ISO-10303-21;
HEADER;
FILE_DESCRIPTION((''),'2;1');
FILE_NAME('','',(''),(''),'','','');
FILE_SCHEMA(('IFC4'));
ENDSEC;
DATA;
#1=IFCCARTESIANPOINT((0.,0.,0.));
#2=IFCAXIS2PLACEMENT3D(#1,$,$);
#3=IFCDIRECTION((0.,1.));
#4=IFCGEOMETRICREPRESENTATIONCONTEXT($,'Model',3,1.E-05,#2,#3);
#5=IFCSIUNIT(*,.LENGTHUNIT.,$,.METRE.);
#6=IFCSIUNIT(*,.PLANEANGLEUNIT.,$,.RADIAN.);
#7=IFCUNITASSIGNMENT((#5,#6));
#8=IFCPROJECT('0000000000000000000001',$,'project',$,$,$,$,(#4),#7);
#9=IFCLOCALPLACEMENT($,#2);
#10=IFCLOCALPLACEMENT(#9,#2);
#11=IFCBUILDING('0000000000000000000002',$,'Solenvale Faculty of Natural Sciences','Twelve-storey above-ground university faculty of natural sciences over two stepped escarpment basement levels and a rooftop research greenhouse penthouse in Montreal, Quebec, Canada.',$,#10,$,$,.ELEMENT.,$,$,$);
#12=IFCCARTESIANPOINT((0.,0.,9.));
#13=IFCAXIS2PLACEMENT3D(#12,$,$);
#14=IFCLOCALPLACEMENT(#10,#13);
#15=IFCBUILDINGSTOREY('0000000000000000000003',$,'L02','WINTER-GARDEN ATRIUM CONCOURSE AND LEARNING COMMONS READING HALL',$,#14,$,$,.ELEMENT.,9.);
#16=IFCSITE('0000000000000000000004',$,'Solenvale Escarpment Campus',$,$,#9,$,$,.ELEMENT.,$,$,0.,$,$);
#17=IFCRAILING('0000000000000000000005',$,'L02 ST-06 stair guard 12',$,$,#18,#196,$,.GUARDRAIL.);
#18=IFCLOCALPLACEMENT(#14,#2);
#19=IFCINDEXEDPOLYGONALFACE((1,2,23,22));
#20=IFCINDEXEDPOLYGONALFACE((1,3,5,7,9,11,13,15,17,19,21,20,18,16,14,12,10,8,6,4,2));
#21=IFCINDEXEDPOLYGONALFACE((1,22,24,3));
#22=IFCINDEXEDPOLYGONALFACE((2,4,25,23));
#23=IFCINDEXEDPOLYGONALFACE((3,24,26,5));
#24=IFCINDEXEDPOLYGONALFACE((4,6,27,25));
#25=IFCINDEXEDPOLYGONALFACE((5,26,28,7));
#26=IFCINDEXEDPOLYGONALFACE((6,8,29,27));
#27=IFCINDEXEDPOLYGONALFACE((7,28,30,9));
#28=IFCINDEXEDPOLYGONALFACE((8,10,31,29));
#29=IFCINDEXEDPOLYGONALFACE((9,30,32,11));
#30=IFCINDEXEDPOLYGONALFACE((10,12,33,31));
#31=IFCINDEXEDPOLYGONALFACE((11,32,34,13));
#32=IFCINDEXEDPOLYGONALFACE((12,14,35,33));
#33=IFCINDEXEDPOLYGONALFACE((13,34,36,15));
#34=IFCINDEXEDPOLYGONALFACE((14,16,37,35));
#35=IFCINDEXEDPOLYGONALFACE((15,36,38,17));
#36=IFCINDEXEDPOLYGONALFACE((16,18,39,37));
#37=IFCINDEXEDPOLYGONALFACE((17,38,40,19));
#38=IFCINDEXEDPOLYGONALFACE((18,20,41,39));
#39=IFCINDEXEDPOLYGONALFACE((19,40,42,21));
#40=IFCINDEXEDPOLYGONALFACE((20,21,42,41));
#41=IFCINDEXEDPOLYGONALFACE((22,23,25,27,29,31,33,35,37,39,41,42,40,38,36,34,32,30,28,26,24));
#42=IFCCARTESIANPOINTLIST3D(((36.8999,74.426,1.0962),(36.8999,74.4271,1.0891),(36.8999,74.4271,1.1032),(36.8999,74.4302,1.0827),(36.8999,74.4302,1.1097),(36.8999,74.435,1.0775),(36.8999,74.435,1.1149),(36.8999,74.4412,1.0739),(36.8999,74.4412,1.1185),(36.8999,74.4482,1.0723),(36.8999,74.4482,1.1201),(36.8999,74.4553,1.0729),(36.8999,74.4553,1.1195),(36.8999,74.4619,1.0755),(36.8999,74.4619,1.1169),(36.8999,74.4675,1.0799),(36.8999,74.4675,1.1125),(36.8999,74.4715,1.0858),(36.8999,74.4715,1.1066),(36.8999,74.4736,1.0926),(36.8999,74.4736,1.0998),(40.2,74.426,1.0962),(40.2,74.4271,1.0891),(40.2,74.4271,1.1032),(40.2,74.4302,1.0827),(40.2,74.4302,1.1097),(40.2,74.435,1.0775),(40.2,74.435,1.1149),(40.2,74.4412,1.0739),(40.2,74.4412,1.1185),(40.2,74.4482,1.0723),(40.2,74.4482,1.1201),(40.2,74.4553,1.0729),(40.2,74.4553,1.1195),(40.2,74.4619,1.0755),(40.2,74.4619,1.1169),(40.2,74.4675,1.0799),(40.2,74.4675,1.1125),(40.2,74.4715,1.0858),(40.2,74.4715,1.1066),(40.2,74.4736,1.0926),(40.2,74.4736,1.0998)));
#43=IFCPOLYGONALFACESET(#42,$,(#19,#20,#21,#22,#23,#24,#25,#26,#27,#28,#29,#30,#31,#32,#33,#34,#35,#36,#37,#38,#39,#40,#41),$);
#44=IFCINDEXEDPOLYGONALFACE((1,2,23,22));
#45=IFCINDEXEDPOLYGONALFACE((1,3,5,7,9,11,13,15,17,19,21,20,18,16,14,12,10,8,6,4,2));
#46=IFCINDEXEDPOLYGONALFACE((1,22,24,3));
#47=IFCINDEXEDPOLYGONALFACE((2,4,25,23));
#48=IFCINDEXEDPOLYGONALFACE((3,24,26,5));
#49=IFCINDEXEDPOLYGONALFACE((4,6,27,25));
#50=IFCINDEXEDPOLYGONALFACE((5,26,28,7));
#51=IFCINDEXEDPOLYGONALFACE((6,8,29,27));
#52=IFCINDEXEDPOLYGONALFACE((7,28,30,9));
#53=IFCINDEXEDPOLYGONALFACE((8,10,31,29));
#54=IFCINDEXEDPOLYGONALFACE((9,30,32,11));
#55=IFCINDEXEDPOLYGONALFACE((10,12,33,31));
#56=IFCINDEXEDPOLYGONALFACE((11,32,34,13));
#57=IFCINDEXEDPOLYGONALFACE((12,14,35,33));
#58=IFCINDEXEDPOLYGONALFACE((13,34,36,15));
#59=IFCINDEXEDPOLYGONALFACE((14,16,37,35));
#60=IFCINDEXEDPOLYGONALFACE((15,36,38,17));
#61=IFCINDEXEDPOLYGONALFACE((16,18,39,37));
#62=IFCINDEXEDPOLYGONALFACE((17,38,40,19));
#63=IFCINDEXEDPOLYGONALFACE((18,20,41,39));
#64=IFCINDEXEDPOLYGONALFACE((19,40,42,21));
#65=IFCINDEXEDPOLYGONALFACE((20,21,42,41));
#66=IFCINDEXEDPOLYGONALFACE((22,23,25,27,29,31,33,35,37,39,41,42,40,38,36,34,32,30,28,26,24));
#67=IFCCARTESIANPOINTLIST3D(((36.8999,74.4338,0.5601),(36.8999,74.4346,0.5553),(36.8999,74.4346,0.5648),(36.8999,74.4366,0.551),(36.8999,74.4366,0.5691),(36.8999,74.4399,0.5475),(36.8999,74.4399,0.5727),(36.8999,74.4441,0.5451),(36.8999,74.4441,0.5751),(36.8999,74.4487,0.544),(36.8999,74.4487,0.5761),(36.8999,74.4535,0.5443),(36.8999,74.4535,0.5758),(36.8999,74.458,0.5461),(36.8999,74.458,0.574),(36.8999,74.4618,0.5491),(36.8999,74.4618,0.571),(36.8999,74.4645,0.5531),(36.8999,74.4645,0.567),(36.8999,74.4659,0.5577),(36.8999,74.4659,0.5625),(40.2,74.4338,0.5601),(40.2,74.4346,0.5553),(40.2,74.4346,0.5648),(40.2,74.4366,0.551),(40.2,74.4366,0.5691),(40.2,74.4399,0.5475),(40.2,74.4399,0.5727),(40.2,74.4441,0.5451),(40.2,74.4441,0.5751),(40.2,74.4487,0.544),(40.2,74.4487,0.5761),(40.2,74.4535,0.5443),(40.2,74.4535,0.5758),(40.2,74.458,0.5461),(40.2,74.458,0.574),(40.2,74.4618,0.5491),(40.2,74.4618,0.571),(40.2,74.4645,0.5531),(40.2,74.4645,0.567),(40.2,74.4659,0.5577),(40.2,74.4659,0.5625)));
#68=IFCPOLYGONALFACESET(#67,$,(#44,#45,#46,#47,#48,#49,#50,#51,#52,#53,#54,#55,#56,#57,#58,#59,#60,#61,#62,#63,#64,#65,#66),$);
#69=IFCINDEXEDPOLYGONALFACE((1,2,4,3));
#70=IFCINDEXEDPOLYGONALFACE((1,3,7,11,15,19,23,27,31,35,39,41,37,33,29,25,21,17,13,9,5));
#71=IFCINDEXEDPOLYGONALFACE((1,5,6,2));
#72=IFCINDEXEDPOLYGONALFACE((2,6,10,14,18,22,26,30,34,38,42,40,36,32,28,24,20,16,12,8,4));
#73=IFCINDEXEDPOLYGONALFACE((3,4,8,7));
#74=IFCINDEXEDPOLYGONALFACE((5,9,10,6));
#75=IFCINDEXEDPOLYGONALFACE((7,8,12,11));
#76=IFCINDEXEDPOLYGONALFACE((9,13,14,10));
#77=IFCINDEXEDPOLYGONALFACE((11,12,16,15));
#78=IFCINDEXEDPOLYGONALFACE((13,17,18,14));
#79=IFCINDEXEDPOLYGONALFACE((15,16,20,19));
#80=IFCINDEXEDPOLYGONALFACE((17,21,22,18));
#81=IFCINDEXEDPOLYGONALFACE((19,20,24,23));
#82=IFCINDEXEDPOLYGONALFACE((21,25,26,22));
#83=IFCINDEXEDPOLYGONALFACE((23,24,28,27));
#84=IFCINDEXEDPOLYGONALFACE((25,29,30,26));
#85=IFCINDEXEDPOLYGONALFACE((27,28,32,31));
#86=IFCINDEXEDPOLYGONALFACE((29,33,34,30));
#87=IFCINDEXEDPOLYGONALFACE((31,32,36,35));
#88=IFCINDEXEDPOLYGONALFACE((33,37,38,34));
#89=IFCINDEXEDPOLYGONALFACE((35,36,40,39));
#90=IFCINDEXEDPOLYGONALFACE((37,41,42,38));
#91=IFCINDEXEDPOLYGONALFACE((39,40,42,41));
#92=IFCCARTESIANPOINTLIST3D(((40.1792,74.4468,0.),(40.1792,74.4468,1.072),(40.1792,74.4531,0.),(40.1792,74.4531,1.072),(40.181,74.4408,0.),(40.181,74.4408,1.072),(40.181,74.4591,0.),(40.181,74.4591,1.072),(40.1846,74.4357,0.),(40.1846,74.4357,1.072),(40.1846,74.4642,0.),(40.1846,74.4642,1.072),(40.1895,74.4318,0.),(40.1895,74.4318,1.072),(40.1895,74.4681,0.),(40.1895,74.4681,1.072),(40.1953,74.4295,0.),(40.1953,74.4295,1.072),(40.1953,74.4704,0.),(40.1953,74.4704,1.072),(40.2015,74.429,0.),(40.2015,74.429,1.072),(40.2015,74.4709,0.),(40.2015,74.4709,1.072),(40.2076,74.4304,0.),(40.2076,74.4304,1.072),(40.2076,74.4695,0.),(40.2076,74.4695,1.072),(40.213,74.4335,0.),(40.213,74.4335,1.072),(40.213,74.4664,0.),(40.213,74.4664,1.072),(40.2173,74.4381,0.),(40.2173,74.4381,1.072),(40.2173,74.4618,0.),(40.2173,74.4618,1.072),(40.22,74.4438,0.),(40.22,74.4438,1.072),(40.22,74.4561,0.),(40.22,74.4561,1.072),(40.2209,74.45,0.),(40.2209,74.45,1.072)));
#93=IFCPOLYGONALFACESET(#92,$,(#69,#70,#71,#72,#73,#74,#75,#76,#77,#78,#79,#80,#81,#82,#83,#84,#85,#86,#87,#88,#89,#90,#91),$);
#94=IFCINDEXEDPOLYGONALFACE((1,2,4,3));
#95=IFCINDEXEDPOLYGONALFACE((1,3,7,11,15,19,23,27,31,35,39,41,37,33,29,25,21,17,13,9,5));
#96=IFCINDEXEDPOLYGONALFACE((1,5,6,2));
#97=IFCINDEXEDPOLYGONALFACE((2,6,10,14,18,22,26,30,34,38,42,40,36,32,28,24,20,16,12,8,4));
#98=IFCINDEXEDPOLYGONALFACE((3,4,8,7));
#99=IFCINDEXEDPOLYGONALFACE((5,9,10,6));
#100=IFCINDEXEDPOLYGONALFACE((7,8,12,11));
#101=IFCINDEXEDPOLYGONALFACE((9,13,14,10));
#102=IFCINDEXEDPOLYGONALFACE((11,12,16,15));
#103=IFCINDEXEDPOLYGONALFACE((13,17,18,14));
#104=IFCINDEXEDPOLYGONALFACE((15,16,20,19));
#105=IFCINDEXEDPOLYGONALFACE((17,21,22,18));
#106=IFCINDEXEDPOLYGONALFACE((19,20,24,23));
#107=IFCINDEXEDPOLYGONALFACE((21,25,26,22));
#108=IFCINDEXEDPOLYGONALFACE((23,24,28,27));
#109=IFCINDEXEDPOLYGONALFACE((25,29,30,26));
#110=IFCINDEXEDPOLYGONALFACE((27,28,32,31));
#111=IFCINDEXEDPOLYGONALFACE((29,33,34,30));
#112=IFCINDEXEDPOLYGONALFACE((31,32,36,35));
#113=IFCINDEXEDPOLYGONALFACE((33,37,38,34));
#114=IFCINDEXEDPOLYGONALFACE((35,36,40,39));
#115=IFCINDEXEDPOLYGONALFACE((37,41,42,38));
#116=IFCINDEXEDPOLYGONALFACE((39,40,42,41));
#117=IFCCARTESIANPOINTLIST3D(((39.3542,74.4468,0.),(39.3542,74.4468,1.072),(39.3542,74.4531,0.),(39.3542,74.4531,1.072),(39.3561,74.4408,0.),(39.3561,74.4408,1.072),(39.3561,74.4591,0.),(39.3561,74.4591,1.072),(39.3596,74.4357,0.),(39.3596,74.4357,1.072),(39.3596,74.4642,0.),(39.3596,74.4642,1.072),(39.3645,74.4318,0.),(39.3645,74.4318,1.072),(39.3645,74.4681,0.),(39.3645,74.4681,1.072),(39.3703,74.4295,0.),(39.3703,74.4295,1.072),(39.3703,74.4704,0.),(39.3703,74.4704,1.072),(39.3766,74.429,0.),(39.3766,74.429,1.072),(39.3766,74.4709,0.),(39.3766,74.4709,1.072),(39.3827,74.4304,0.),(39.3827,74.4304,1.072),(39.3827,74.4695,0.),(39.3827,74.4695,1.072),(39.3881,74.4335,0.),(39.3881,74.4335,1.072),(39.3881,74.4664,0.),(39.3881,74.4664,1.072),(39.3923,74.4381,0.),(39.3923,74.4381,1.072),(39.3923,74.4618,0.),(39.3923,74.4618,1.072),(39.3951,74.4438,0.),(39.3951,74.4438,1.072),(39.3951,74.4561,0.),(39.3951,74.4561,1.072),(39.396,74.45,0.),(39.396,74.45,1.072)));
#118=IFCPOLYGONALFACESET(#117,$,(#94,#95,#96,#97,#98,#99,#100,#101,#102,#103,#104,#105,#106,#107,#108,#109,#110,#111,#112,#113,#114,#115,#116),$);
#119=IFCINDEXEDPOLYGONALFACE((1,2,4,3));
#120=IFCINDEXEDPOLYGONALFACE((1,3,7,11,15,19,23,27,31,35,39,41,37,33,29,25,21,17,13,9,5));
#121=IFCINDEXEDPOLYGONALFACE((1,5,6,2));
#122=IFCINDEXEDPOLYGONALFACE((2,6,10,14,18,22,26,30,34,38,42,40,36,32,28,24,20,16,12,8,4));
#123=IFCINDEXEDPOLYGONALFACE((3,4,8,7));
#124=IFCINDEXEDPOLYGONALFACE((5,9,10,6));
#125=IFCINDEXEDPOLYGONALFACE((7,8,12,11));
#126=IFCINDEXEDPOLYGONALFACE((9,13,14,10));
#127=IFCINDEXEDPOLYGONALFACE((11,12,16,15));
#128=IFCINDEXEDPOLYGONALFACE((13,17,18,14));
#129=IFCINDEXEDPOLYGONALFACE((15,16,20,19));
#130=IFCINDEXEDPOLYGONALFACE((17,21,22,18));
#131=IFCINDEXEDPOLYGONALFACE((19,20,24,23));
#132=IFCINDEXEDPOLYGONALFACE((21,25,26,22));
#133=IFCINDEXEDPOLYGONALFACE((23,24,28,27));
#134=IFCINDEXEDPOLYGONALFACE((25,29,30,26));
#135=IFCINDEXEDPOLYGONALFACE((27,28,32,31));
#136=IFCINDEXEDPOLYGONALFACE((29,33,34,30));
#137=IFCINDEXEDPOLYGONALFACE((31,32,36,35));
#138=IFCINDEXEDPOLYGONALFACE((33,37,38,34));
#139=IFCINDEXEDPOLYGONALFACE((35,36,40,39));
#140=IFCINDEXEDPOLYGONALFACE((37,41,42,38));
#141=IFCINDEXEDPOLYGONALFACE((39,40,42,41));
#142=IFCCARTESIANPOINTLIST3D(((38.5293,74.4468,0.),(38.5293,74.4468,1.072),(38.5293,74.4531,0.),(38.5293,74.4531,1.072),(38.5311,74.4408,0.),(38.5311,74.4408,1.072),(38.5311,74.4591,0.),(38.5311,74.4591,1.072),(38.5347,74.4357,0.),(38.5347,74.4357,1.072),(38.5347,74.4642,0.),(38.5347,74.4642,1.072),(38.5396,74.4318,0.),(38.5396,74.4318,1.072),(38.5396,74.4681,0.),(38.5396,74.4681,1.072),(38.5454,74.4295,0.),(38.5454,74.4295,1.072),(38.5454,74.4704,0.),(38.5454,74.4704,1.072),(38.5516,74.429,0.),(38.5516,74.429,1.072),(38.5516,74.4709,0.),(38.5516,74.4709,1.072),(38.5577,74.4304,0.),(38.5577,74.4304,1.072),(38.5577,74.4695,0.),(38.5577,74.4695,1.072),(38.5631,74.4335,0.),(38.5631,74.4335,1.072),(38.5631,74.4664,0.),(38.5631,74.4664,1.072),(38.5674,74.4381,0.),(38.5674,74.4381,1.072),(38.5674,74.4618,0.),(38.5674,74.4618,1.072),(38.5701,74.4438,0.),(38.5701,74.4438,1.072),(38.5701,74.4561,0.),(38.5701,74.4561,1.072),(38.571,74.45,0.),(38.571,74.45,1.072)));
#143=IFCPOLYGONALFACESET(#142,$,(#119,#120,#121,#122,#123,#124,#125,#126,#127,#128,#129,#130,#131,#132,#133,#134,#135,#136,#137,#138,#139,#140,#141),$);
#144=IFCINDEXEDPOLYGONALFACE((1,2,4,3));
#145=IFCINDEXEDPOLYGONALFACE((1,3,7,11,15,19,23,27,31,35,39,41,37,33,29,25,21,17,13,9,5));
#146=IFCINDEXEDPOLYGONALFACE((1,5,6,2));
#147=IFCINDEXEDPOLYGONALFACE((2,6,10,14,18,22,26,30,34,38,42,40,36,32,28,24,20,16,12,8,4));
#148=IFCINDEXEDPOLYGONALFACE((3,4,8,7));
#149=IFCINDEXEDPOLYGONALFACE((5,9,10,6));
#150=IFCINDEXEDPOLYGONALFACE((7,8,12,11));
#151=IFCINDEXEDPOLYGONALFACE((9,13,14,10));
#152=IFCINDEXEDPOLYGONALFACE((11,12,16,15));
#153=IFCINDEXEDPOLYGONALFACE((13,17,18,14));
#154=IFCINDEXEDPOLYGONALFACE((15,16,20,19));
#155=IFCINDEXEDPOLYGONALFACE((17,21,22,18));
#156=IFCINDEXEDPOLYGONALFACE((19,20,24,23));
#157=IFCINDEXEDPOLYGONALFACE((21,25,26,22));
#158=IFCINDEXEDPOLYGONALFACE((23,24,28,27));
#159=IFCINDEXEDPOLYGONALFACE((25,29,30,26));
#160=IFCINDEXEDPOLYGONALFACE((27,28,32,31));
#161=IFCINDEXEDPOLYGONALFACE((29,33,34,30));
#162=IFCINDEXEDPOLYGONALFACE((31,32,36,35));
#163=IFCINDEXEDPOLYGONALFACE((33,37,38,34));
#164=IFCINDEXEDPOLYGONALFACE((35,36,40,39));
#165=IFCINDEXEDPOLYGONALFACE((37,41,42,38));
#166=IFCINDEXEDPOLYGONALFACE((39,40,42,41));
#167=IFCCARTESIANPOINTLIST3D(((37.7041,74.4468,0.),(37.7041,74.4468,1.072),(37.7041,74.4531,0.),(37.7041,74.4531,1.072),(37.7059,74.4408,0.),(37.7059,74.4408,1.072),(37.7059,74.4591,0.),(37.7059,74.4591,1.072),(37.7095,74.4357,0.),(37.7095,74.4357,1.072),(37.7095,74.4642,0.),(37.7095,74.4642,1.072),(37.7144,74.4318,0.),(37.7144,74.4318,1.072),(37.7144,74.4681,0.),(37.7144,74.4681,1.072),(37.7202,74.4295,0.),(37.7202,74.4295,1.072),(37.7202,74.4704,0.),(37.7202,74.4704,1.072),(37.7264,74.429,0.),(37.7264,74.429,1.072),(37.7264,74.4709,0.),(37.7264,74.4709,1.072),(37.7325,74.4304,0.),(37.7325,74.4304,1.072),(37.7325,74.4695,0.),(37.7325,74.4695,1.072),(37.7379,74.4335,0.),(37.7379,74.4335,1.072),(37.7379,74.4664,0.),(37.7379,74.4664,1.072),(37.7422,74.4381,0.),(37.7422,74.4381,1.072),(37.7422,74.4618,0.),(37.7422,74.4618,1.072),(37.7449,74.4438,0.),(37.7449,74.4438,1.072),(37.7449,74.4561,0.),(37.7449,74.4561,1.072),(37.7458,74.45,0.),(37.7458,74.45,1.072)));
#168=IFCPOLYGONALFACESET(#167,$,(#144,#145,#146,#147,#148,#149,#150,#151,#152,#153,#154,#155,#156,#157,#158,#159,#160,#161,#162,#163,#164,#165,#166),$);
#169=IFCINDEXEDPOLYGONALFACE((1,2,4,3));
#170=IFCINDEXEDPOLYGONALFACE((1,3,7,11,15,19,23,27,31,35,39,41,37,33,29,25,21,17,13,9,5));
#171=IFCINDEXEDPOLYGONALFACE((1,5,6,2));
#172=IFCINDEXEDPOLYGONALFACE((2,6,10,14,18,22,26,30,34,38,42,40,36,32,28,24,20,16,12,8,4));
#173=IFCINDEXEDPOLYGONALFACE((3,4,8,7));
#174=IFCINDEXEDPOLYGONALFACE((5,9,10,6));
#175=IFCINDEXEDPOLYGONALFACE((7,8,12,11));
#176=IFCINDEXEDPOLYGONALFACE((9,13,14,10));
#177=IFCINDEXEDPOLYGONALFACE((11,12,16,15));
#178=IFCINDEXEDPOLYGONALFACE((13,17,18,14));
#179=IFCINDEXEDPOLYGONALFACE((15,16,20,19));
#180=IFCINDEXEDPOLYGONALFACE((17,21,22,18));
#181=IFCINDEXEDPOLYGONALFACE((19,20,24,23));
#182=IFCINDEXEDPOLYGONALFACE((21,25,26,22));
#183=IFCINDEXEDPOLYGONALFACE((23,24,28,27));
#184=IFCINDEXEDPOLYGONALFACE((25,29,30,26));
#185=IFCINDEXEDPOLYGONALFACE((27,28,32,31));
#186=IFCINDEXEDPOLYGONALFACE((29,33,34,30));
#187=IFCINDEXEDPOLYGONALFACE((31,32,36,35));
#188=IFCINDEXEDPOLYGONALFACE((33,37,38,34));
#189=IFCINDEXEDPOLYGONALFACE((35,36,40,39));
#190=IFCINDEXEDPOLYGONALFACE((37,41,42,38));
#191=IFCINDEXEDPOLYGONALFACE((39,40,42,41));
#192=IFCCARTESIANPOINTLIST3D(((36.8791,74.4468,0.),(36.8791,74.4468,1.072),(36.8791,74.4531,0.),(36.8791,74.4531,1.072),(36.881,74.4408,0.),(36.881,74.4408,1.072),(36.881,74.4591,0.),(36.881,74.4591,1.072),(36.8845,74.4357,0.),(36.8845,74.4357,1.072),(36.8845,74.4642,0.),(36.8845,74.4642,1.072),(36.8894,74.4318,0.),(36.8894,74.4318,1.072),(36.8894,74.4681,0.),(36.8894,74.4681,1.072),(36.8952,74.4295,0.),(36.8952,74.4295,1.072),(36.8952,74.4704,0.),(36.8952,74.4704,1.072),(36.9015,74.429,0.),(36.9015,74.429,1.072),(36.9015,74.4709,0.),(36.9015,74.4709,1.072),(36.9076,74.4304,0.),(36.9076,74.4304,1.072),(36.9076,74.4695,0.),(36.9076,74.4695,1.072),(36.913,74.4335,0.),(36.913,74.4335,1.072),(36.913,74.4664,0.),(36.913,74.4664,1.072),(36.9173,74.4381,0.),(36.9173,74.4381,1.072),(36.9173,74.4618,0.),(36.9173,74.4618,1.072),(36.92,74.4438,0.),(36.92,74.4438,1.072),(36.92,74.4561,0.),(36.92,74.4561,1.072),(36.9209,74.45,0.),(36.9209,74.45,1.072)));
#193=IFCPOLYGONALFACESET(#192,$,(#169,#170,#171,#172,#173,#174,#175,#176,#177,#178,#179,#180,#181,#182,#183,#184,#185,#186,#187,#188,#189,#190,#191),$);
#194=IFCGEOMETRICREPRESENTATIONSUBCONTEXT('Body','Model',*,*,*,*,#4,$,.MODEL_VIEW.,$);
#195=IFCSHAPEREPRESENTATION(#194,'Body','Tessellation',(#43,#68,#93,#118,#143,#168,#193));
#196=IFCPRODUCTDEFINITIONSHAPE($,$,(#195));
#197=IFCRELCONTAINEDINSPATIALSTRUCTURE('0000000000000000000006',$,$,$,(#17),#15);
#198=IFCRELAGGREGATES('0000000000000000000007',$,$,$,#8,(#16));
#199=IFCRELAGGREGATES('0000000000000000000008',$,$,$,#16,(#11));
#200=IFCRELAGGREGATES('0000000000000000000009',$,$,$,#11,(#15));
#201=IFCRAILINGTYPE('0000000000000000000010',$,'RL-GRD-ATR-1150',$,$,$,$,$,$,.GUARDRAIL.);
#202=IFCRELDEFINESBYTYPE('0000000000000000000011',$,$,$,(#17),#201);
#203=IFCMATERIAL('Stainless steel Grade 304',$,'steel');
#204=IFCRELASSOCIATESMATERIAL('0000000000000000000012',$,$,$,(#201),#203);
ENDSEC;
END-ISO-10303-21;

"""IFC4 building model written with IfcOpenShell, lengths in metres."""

from ifc_helpers import new_model, si_unit, direction, frame, origin, origin_2d, place, context, subcontext, project, spatial, circle, extrude, material, type_object, element, save


model = new_model("IFC4")

# Units and contexts
model_context = context("Model", 3, precision=1e-05, world=origin(), true_north=direction((0.0, 1.0)))
body_context = subcontext(model_context, "Body", "Model", "MODEL_VIEW")
ifc_project = project(units=[si_unit("LENGTHUNIT", "METRE"), si_unit("PLANEANGLEUNIT", "RADIAN")], contexts=[model_context])

# Site, building, storey
site_placement = place(None, origin())
site = spatial("IfcSite", under=ifc_project, at=site_placement, Name="Solenvale Escarpment Campus", CompositionType="ELEMENT", RefElevation=0.0)
building_placement = place(site_placement, origin())
building = spatial("IfcBuilding", under=site, at=building_placement, Name="Solenvale Faculty of Natural Sciences", Description="Twelve-storey above-ground university faculty of natural sciences over two stepped escarpment basement levels and a rooftop research greenhouse penthouse in Montreal, Quebec, Canada.", CompositionType="ELEMENT")
storey_placement = place(building_placement, frame((0.0, 0.0, 9.0)))
storey = spatial("IfcBuildingStorey", under=building, at=storey_placement, Name="L02", Description="WINTER-GARDEN ATRIUM CONCOURSE AND LEARNING COMMONS READING HALL", CompositionType="ELEMENT", Elevation=9.0)

# Railing
ifc_material_1 = material(Name="Stainless steel Grade 304", Category="steel")
railing_type = type_object("IfcRailingType", Name="RL-GRD-ATR-1150", PredefinedType="GUARDRAIL", material=ifc_material_1)
railing_1_placement = place(storey_placement, frame((40.2, 74.45, 0.0)))
element("IfcRailing", 1, at=railing_1_placement, inside=storey, type_object=railing_type, Name="L02 ST-06 stair guard 12", PredefinedType="GUARDRAIL", context=body_context, shape_type="SweptSolid", body=[
    extrude(circle(Radius=0.0239, at=origin_2d()), frame((0.0, 0.0, 1.0962), z_axis=(-1.0, 0.0, 0.0), x_axis=(0.0, -1.0, 0.0)), (0.0, 0.0, 1.0), 3.3),
    extrude(circle(Radius=0.0161, at=origin_2d()), frame((0.0, 0.0, 0.5601), z_axis=(-1.0, 0.0, 0.0), x_axis=(0.0, -1.0, 0.0)), (0.0, 0.0, 1.0), 3.3),
    extrude(circle(Radius=0.021, at=origin_2d()), origin(), (0.0, 0.0, 1.0), 1.072),
    extrude(circle(Radius=0.021, at=origin_2d()), frame((-0.825, 0.0, 0.0)), (0.0, 0.0, 1.0), 1.072),
    extrude(circle(Radius=0.021, at=origin_2d()), frame((-1.6499, 0.0, 0.0)), (0.0, 0.0, 1.0), 1.072),
    extrude(circle(Radius=0.021, at=origin_2d()), frame((-2.4751, 0.0, 0.0)), (0.0, 0.0, 1.0), 1.072),
    extrude(circle(Radius=0.021, at=origin_2d()), frame((-3.3, 0.0, 0.0)), (0.0, 0.0, 1.0), 1.072),
])

save(model, "model.ifc")
